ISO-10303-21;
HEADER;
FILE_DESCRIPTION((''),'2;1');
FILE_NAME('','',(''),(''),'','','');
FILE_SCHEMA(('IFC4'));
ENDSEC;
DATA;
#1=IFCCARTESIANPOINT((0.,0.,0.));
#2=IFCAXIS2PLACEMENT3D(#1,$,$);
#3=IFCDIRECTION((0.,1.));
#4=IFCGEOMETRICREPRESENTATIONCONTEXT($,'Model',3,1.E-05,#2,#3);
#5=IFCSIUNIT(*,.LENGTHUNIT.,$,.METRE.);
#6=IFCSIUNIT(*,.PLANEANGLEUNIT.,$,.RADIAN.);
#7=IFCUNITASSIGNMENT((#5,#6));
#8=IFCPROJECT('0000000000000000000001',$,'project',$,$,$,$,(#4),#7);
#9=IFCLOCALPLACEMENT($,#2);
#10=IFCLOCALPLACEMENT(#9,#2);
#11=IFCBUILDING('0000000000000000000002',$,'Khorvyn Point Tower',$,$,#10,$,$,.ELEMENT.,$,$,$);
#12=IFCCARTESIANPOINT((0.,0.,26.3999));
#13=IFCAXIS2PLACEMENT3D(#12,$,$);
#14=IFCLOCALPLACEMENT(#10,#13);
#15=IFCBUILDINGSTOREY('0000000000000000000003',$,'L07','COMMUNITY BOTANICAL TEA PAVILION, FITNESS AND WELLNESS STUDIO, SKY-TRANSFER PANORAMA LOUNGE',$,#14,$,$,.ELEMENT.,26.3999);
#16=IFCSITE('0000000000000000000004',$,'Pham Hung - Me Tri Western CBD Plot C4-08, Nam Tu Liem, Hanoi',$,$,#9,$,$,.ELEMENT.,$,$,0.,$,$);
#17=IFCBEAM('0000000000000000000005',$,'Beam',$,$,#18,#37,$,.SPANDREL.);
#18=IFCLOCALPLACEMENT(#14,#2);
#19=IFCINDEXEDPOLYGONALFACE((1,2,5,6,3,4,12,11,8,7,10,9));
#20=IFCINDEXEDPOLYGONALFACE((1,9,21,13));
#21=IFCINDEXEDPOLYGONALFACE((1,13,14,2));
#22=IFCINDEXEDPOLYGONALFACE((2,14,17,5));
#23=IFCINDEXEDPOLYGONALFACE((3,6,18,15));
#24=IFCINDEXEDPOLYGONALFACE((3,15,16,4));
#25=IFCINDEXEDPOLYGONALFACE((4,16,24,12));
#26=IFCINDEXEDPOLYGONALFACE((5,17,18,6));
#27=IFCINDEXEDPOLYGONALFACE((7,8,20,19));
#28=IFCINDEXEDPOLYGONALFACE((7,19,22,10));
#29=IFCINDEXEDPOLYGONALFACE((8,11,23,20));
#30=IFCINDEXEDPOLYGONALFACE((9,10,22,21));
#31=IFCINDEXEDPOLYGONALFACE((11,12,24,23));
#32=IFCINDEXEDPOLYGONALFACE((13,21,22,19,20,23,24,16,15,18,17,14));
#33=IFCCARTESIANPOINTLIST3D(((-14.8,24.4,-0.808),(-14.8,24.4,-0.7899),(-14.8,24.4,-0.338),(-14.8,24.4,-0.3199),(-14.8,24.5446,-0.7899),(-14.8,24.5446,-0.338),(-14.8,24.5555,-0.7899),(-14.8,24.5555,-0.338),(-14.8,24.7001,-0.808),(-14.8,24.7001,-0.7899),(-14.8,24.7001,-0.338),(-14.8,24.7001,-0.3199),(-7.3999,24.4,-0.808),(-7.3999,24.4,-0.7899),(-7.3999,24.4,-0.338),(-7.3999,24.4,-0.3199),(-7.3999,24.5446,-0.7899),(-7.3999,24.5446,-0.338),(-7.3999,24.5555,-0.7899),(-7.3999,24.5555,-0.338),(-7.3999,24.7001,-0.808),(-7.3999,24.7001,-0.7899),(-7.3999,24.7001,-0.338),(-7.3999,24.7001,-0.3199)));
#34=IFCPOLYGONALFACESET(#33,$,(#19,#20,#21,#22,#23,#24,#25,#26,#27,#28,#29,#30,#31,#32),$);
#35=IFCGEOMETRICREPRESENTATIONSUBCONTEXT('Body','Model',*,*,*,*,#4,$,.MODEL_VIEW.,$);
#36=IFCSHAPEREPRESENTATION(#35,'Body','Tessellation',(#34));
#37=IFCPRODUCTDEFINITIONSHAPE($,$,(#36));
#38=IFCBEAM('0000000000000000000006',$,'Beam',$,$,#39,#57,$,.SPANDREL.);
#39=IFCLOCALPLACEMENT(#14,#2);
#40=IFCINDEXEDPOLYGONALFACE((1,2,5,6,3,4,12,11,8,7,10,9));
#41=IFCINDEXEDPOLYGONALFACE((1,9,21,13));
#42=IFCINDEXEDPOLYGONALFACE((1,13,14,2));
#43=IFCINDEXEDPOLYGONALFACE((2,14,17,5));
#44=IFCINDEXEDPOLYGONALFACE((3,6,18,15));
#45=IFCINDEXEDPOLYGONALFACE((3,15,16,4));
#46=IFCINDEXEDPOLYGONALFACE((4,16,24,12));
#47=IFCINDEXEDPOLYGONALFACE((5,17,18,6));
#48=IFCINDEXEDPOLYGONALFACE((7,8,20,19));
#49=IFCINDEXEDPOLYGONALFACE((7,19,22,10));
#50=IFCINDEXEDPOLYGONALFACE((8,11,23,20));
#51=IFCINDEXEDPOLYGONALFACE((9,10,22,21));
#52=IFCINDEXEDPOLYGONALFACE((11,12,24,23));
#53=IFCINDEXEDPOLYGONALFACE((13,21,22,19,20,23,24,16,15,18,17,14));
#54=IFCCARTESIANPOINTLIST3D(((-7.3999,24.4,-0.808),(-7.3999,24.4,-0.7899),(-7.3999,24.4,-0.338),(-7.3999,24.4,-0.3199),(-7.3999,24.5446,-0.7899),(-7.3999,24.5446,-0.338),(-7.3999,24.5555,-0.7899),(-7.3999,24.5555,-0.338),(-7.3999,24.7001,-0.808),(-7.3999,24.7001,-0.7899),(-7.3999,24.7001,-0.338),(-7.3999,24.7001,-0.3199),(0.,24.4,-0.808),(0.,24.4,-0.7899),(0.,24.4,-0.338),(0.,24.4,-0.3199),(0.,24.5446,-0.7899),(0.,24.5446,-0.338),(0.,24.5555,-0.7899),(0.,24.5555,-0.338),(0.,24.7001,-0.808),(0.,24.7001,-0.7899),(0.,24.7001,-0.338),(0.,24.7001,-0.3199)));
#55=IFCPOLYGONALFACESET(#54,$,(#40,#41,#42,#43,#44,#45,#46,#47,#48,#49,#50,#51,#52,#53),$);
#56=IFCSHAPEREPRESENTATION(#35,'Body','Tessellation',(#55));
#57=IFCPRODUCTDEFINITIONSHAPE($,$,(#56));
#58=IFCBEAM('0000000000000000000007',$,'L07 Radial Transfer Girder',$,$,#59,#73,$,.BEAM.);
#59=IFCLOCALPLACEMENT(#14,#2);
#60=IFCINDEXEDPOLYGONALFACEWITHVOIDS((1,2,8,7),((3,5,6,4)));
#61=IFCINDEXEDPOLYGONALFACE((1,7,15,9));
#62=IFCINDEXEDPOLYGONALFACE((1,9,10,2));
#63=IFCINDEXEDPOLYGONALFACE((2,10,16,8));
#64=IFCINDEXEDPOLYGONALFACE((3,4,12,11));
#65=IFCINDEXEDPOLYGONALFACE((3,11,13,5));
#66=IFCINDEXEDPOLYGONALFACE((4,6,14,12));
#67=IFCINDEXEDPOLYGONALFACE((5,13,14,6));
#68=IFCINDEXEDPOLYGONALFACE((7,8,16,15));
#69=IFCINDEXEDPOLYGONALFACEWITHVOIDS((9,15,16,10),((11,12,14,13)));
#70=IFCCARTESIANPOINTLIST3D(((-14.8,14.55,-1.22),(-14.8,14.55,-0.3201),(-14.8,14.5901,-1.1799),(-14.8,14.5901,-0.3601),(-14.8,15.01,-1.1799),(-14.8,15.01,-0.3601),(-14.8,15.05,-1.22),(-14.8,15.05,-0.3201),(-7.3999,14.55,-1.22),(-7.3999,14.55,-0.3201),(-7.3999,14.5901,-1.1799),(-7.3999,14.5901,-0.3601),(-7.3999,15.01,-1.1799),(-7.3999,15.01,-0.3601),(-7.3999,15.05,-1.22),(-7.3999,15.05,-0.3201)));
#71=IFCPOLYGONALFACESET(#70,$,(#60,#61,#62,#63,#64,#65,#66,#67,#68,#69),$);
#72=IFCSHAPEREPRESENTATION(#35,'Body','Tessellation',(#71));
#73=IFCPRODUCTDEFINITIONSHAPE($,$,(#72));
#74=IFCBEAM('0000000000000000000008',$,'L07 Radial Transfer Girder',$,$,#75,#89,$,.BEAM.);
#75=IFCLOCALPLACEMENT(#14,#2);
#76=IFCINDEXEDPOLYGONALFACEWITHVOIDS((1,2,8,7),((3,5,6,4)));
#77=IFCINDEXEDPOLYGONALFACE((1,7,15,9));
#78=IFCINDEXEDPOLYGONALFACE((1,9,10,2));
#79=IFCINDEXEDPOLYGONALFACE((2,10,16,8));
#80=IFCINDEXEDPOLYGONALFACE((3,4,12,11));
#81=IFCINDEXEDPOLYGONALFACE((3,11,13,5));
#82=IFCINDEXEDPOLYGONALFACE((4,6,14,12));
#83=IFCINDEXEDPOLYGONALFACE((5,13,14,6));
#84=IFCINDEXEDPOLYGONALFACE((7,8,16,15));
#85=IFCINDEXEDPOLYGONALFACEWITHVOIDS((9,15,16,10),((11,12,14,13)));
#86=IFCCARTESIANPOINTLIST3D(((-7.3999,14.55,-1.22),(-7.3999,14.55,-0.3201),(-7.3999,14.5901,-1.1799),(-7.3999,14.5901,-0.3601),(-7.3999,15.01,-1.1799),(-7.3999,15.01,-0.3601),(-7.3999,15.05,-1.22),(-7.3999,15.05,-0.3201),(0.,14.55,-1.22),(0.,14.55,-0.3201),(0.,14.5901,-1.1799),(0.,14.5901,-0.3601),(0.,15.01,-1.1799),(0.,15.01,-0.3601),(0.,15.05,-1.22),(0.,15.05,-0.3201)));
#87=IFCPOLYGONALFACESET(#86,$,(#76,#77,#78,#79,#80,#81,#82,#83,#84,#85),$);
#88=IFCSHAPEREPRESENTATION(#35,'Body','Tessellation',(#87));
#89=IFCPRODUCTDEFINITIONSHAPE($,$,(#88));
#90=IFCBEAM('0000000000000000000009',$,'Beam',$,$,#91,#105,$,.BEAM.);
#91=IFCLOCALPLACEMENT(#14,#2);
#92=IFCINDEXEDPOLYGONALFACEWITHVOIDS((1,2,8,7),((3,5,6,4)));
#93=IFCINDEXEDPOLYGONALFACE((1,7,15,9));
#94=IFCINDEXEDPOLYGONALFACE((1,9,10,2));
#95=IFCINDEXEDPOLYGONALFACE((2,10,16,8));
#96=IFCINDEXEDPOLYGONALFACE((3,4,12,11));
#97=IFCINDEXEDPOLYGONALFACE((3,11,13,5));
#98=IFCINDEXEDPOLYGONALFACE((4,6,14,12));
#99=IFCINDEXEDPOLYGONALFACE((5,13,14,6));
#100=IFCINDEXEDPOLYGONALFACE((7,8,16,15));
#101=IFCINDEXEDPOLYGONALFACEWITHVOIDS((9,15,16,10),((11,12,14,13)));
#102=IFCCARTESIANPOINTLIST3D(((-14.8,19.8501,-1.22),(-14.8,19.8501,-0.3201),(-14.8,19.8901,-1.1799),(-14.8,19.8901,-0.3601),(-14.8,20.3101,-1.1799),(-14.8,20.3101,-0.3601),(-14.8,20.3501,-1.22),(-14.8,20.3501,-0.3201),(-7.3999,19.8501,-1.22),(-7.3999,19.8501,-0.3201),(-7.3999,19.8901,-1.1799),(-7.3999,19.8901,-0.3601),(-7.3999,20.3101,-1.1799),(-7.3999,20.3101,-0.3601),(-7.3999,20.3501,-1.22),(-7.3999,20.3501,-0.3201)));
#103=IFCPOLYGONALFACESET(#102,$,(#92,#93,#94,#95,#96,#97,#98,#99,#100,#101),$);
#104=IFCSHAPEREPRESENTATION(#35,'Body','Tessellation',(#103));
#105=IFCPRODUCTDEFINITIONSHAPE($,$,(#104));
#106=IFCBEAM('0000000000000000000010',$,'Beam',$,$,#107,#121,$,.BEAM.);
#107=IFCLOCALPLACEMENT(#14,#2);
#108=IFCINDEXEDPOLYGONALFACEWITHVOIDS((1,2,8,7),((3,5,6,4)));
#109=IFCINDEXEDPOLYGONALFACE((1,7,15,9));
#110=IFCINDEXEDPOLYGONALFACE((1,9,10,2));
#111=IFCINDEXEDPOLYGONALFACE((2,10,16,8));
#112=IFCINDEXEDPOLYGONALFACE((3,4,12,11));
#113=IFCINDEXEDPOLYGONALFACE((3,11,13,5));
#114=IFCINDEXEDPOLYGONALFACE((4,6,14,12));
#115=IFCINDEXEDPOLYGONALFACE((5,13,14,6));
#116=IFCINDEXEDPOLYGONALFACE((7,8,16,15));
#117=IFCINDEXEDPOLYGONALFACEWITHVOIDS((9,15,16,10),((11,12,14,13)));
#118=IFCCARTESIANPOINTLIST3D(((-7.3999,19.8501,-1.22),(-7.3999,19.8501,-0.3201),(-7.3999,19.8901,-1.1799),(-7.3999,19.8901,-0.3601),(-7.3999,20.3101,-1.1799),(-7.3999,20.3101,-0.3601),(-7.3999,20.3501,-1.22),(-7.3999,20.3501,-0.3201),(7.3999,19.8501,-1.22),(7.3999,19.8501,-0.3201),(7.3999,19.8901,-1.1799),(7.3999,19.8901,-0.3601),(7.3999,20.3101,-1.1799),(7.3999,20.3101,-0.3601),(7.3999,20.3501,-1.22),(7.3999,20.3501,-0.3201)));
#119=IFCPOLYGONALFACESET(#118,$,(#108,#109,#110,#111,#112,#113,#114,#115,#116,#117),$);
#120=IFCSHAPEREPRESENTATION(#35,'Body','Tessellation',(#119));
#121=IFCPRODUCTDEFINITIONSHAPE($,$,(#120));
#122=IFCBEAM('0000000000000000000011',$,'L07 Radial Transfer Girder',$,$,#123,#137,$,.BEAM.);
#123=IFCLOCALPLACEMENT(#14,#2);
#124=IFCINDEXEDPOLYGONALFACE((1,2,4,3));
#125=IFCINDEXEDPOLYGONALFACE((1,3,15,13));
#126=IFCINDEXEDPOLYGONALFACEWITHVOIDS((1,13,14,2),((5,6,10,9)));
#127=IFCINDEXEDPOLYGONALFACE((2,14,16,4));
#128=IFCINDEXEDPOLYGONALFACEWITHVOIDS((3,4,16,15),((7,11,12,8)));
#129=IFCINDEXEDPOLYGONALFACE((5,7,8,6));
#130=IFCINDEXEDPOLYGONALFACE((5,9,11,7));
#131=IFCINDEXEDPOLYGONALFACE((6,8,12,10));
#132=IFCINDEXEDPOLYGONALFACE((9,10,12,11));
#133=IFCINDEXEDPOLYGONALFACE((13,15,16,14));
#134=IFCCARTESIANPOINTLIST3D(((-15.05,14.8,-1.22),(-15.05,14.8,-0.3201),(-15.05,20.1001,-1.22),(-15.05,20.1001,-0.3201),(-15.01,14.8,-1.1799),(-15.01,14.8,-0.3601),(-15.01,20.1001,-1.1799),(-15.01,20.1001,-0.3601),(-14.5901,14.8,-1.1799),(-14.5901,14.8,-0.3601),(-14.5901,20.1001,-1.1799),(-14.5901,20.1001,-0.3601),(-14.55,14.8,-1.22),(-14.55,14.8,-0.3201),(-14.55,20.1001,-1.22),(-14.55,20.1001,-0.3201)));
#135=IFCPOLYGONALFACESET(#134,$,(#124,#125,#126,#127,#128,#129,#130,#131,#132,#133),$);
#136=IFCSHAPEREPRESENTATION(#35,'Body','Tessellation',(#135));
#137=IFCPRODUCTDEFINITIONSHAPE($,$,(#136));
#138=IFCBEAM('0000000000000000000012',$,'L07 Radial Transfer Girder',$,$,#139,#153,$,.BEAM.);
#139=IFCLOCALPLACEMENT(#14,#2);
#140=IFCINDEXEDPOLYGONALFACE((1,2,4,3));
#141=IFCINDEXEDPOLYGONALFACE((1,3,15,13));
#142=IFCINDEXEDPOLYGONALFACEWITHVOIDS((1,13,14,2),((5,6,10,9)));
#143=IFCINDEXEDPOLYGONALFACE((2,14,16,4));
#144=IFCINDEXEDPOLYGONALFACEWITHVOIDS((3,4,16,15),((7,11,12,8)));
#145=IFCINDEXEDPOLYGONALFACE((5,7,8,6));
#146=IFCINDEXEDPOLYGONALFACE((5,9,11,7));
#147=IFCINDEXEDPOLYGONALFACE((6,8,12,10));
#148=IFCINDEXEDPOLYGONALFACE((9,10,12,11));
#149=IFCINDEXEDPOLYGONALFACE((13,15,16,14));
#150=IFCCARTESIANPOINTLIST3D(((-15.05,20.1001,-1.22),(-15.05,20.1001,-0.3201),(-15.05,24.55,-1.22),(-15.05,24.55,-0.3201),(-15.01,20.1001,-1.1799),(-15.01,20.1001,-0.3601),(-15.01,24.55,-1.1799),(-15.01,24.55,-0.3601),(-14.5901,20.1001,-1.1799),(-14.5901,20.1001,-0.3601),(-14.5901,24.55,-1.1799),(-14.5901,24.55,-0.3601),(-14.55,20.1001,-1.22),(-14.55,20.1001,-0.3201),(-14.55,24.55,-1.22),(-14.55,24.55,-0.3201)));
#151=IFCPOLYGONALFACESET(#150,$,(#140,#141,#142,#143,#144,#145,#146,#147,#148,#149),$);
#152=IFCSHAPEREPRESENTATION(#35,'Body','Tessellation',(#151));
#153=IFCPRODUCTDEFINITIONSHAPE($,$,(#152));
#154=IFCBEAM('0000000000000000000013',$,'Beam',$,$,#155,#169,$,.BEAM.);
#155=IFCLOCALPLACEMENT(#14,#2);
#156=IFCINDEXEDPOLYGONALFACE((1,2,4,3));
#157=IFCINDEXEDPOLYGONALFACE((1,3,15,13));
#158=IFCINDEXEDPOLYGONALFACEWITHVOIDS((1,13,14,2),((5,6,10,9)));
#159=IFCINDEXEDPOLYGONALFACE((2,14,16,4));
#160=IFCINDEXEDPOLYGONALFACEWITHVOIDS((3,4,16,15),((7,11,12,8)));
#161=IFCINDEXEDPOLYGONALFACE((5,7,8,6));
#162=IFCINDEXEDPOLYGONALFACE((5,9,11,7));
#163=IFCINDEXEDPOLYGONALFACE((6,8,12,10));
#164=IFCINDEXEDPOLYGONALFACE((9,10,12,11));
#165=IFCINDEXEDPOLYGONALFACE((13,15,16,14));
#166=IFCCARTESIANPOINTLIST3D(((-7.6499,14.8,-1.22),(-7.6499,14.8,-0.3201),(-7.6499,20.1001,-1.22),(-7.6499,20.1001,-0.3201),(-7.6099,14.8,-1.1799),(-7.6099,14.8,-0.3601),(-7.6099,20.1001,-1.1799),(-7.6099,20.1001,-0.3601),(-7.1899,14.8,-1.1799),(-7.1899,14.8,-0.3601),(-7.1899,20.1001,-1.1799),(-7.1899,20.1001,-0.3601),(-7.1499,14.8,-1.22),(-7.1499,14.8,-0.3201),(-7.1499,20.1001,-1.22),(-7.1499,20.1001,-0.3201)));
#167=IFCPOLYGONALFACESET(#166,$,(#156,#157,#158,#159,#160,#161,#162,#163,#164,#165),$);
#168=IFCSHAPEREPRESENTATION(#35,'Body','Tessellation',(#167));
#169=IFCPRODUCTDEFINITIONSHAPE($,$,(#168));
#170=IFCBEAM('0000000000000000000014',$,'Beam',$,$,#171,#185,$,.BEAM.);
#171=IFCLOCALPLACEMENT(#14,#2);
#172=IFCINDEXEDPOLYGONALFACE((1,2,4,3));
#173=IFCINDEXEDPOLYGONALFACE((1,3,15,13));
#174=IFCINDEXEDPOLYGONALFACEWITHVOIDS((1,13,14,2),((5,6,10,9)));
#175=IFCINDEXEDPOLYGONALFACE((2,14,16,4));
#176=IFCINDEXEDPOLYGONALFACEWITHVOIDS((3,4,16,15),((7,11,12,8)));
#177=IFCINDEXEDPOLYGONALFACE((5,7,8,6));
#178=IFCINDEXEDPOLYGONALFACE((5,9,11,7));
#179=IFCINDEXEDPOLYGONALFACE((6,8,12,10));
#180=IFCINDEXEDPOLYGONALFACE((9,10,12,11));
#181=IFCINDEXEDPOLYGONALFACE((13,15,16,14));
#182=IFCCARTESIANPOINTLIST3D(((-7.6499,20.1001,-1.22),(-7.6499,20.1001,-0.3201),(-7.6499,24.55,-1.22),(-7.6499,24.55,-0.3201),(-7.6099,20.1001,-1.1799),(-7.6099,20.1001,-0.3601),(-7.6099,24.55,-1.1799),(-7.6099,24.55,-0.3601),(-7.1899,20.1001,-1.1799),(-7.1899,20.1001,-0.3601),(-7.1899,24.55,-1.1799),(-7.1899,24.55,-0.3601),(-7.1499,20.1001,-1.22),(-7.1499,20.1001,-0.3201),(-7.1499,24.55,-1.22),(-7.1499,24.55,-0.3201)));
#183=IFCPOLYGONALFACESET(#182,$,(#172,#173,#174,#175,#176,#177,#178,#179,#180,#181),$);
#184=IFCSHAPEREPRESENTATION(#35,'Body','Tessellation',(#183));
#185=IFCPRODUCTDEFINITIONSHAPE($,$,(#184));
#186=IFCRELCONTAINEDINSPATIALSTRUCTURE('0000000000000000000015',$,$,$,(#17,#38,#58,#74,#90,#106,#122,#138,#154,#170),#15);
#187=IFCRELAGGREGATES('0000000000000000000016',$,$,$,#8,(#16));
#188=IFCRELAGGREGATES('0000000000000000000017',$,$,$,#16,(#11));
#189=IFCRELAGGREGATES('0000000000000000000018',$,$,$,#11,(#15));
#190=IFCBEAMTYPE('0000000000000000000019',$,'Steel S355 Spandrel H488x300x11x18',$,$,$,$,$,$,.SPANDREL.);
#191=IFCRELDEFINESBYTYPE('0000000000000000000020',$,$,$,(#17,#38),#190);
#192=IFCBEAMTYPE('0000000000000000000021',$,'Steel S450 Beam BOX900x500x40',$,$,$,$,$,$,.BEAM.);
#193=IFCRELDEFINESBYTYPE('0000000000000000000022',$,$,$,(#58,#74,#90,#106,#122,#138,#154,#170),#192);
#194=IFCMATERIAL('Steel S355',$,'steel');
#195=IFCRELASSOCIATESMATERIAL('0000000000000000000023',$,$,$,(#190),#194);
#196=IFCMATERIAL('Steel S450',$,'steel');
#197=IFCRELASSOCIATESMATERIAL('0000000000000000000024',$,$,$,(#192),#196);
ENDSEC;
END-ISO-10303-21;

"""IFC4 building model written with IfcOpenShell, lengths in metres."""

from ifc_helpers import new_model, si_unit, direction, frame, origin, origin_2d, place, context, subcontext, project, spatial, hollow_rectangle, i_section, extrude, material, material_profile, profile_set, type_object, element, save


model = new_model("IFC4")

# Units and contexts
model_context = context("Model", 3, precision=1e-05, world=origin(), true_north=direction((0.0, 1.0)))
body_context = subcontext(model_context, "Body", "Model", "MODEL_VIEW")
ifc_project = project(units=[si_unit("LENGTHUNIT", "METRE"), si_unit("PLANEANGLEUNIT", "RADIAN")], contexts=[model_context])

# Site, building, storey
site_placement = place(None, origin())
site = spatial("IfcSite", under=ifc_project, at=site_placement, Name="Pham Hung - Me Tri Western CBD Plot C4-08, Nam Tu Liem, Hanoi", CompositionType="ELEMENT", RefElevation=0.0)
building_placement = place(site_placement, origin())
building = spatial("IfcBuilding", under=site, at=building_placement, Name="Khorvyn Point Tower", CompositionType="ELEMENT")
storey_placement = place(building_placement, frame((0.0, 0.0, 26.3999)))
storey = spatial("IfcBuildingStorey", under=building, at=storey_placement, Name="L07", Description="COMMUNITY BOTANICAL TEA PAVILION, FITNESS AND WELLNESS STUDIO, SKY-TRANSFER PANORAMA LOUNGE", CompositionType="ELEMENT", Elevation=26.3999)

# Shared definitions
ifc_material_1 = material(Name="Steel S450", Category="steel")

# Beams
ifc_material_2 = material(Name="Steel S355", Category="steel")
ifc_material_profile_1 = material_profile(ifc_material_2, i_section(OverallWidth=0.3, OverallDepth=0.488, WebThickness=0.011, FlangeThickness=0.0181, at=origin_2d()))
ifc_profile_set_1 = profile_set([ifc_material_profile_1], Name="Steel S355 H488x300x11x18")
beam_type_1 = type_object("IfcBeamType", Name="Steel S355 Spandrel H488x300x11x18", PredefinedType="SPANDREL", material=ifc_profile_set_1)
beam_1_placement = place(storey_placement, frame((-14.8, 24.55, -0.564), z_axis=(1.0, 0.0, 0.0), x_axis=(0.0, 1.0, 0.0)))
element("IfcBeam", 1, at=beam_1_placement, inside=storey, type_object=beam_type_1, Name="Beam", PredefinedType="SPANDREL", context=body_context, shape_type="SweptSolid", body=[
    extrude(i_section(OverallWidth=0.3, OverallDepth=0.488, WebThickness=0.011, FlangeThickness=0.0181, at=origin_2d()), origin(), (0.0, 0.0, 1.0), 7.4001),
])
beam_2_placement = place(storey_placement, frame((-7.3999, 24.55, -0.564), z_axis=(1.0, 0.0, 0.0), x_axis=(0.0, 1.0, 0.0)))
element("IfcBeam", 2, at=beam_2_placement, inside=storey, type_object=beam_type_1, Name="Beam", PredefinedType="SPANDREL", context=body_context, shape_type="SweptSolid", body=[
    extrude(i_section(OverallWidth=0.3, OverallDepth=0.488, WebThickness=0.011, FlangeThickness=0.0181, at=origin_2d()), origin(), (0.0, 0.0, 1.0), 7.3999),
])
ifc_material_profile_2 = material_profile(ifc_material_1, hollow_rectangle(XDim=0.5, YDim=0.8999, WallThickness=0.04, at=origin_2d()))
ifc_profile_set_2 = profile_set([ifc_material_profile_2], Name="Steel S450 BOX900x500x40")
beam_type_2 = type_object("IfcBeamType", Name="Steel S450 Beam BOX900x500x40", PredefinedType="BEAM", material=ifc_profile_set_2)
beam_3_placement = place(storey_placement, frame((-14.8, 14.8, -0.77), z_axis=(1.0, 0.0, 0.0), x_axis=(0.0, 1.0, 0.0)))
element("IfcBeam", 3, at=beam_3_placement, inside=storey, type_object=beam_type_2, Name="L07 Radial Transfer Girder", PredefinedType="BEAM", context=body_context, shape_type="SweptSolid", body=[
    extrude(hollow_rectangle(XDim=0.5, YDim=0.8999, WallThickness=0.04, at=origin_2d()), origin(), (0.0, 0.0, 1.0), 7.4001),
])
beam_4_placement = place(storey_placement, frame((-7.3999, 14.8, -0.77), z_axis=(1.0, 0.0, 0.0), x_axis=(0.0, 1.0, 0.0)))
element("IfcBeam", 4, at=beam_4_placement, inside=storey, type_object=beam_type_2, Name="L07 Radial Transfer Girder", PredefinedType="BEAM", context=body_context, shape_type="SweptSolid", body=[
    extrude(hollow_rectangle(XDim=0.5, YDim=0.8999, WallThickness=0.04, at=origin_2d()), origin(), (0.0, 0.0, 1.0), 7.3999),
])
beam_5_placement = place(storey_placement, frame((-14.8, 20.1001, -0.77), z_axis=(1.0, 0.0, 0.0), x_axis=(0.0, 1.0, 0.0)))
element("IfcBeam", 5, at=beam_5_placement, inside=storey, type_object=beam_type_2, Name="Beam", PredefinedType="BEAM", context=body_context, shape_type="SweptSolid", body=[
    extrude(hollow_rectangle(XDim=0.5, YDim=0.8999, WallThickness=0.04, at=origin_2d()), origin(), (0.0, 0.0, 1.0), 7.4001),
])
beam_6_placement = place(storey_placement, frame((-7.3999, 20.1001, -0.77), z_axis=(1.0, 0.0, 0.0), x_axis=(0.0, 1.0, 0.0)))
element("IfcBeam", 6, at=beam_6_placement, inside=storey, type_object=beam_type_2, Name="Beam", PredefinedType="BEAM", context=body_context, shape_type="SweptSolid", body=[
    extrude(hollow_rectangle(XDim=0.5, YDim=0.8999, WallThickness=0.04, at=origin_2d()), origin(), (0.0, 0.0, 1.0), 14.7998),
])
beam_7_placement = place(storey_placement, frame((-14.8, 14.8, -0.77), z_axis=(0.0, 1.0, 0.0), x_axis=(-1.0, 0.0, 0.0)))
element("IfcBeam", 7, at=beam_7_placement, inside=storey, type_object=beam_type_2, Name="L07 Radial Transfer Girder", PredefinedType="BEAM", context=body_context, shape_type="SweptSolid", body=[
    extrude(hollow_rectangle(XDim=0.5, YDim=0.8999, WallThickness=0.04, at=origin_2d()), origin(), (0.0, 0.0, 1.0), 5.3),
])
beam_8_placement = place(storey_placement, frame((-14.8, 20.1001, -0.77), z_axis=(0.0, 1.0, 0.0), x_axis=(-1.0, 0.0, 0.0)))
element("IfcBeam", 8, at=beam_8_placement, inside=storey, type_object=beam_type_2, Name="L07 Radial Transfer Girder", PredefinedType="BEAM", context=body_context, shape_type="SweptSolid", body=[
    extrude(hollow_rectangle(XDim=0.5, YDim=0.8999, WallThickness=0.04, at=origin_2d()), origin(), (0.0, 0.0, 1.0), 4.45),
])
beam_9_placement = place(storey_placement, frame((-7.3999, 14.8, -0.77), z_axis=(0.0, 1.0, 0.0), x_axis=(-1.0, 0.0, 0.0)))
element("IfcBeam", 9, at=beam_9_placement, inside=storey, type_object=beam_type_2, Name="Beam", PredefinedType="BEAM", context=body_context, shape_type="SweptSolid", body=[
    extrude(hollow_rectangle(XDim=0.5, YDim=0.8999, WallThickness=0.04, at=origin_2d()), origin(), (0.0, 0.0, 1.0), 5.3),
])
beam_10_placement = place(storey_placement, frame((-7.3999, 20.1001, -0.77), z_axis=(0.0, 1.0, 0.0), x_axis=(-1.0, 0.0, 0.0)))
element("IfcBeam", 10, at=beam_10_placement, inside=storey, type_object=beam_type_2, Name="Beam", PredefinedType="BEAM", context=body_context, shape_type="SweptSolid", body=[
    extrude(hollow_rectangle(XDim=0.5, YDim=0.8999, WallThickness=0.04, at=origin_2d()), origin(), (0.0, 0.0, 1.0), 4.45),
])

save(model, "model.ifc")
